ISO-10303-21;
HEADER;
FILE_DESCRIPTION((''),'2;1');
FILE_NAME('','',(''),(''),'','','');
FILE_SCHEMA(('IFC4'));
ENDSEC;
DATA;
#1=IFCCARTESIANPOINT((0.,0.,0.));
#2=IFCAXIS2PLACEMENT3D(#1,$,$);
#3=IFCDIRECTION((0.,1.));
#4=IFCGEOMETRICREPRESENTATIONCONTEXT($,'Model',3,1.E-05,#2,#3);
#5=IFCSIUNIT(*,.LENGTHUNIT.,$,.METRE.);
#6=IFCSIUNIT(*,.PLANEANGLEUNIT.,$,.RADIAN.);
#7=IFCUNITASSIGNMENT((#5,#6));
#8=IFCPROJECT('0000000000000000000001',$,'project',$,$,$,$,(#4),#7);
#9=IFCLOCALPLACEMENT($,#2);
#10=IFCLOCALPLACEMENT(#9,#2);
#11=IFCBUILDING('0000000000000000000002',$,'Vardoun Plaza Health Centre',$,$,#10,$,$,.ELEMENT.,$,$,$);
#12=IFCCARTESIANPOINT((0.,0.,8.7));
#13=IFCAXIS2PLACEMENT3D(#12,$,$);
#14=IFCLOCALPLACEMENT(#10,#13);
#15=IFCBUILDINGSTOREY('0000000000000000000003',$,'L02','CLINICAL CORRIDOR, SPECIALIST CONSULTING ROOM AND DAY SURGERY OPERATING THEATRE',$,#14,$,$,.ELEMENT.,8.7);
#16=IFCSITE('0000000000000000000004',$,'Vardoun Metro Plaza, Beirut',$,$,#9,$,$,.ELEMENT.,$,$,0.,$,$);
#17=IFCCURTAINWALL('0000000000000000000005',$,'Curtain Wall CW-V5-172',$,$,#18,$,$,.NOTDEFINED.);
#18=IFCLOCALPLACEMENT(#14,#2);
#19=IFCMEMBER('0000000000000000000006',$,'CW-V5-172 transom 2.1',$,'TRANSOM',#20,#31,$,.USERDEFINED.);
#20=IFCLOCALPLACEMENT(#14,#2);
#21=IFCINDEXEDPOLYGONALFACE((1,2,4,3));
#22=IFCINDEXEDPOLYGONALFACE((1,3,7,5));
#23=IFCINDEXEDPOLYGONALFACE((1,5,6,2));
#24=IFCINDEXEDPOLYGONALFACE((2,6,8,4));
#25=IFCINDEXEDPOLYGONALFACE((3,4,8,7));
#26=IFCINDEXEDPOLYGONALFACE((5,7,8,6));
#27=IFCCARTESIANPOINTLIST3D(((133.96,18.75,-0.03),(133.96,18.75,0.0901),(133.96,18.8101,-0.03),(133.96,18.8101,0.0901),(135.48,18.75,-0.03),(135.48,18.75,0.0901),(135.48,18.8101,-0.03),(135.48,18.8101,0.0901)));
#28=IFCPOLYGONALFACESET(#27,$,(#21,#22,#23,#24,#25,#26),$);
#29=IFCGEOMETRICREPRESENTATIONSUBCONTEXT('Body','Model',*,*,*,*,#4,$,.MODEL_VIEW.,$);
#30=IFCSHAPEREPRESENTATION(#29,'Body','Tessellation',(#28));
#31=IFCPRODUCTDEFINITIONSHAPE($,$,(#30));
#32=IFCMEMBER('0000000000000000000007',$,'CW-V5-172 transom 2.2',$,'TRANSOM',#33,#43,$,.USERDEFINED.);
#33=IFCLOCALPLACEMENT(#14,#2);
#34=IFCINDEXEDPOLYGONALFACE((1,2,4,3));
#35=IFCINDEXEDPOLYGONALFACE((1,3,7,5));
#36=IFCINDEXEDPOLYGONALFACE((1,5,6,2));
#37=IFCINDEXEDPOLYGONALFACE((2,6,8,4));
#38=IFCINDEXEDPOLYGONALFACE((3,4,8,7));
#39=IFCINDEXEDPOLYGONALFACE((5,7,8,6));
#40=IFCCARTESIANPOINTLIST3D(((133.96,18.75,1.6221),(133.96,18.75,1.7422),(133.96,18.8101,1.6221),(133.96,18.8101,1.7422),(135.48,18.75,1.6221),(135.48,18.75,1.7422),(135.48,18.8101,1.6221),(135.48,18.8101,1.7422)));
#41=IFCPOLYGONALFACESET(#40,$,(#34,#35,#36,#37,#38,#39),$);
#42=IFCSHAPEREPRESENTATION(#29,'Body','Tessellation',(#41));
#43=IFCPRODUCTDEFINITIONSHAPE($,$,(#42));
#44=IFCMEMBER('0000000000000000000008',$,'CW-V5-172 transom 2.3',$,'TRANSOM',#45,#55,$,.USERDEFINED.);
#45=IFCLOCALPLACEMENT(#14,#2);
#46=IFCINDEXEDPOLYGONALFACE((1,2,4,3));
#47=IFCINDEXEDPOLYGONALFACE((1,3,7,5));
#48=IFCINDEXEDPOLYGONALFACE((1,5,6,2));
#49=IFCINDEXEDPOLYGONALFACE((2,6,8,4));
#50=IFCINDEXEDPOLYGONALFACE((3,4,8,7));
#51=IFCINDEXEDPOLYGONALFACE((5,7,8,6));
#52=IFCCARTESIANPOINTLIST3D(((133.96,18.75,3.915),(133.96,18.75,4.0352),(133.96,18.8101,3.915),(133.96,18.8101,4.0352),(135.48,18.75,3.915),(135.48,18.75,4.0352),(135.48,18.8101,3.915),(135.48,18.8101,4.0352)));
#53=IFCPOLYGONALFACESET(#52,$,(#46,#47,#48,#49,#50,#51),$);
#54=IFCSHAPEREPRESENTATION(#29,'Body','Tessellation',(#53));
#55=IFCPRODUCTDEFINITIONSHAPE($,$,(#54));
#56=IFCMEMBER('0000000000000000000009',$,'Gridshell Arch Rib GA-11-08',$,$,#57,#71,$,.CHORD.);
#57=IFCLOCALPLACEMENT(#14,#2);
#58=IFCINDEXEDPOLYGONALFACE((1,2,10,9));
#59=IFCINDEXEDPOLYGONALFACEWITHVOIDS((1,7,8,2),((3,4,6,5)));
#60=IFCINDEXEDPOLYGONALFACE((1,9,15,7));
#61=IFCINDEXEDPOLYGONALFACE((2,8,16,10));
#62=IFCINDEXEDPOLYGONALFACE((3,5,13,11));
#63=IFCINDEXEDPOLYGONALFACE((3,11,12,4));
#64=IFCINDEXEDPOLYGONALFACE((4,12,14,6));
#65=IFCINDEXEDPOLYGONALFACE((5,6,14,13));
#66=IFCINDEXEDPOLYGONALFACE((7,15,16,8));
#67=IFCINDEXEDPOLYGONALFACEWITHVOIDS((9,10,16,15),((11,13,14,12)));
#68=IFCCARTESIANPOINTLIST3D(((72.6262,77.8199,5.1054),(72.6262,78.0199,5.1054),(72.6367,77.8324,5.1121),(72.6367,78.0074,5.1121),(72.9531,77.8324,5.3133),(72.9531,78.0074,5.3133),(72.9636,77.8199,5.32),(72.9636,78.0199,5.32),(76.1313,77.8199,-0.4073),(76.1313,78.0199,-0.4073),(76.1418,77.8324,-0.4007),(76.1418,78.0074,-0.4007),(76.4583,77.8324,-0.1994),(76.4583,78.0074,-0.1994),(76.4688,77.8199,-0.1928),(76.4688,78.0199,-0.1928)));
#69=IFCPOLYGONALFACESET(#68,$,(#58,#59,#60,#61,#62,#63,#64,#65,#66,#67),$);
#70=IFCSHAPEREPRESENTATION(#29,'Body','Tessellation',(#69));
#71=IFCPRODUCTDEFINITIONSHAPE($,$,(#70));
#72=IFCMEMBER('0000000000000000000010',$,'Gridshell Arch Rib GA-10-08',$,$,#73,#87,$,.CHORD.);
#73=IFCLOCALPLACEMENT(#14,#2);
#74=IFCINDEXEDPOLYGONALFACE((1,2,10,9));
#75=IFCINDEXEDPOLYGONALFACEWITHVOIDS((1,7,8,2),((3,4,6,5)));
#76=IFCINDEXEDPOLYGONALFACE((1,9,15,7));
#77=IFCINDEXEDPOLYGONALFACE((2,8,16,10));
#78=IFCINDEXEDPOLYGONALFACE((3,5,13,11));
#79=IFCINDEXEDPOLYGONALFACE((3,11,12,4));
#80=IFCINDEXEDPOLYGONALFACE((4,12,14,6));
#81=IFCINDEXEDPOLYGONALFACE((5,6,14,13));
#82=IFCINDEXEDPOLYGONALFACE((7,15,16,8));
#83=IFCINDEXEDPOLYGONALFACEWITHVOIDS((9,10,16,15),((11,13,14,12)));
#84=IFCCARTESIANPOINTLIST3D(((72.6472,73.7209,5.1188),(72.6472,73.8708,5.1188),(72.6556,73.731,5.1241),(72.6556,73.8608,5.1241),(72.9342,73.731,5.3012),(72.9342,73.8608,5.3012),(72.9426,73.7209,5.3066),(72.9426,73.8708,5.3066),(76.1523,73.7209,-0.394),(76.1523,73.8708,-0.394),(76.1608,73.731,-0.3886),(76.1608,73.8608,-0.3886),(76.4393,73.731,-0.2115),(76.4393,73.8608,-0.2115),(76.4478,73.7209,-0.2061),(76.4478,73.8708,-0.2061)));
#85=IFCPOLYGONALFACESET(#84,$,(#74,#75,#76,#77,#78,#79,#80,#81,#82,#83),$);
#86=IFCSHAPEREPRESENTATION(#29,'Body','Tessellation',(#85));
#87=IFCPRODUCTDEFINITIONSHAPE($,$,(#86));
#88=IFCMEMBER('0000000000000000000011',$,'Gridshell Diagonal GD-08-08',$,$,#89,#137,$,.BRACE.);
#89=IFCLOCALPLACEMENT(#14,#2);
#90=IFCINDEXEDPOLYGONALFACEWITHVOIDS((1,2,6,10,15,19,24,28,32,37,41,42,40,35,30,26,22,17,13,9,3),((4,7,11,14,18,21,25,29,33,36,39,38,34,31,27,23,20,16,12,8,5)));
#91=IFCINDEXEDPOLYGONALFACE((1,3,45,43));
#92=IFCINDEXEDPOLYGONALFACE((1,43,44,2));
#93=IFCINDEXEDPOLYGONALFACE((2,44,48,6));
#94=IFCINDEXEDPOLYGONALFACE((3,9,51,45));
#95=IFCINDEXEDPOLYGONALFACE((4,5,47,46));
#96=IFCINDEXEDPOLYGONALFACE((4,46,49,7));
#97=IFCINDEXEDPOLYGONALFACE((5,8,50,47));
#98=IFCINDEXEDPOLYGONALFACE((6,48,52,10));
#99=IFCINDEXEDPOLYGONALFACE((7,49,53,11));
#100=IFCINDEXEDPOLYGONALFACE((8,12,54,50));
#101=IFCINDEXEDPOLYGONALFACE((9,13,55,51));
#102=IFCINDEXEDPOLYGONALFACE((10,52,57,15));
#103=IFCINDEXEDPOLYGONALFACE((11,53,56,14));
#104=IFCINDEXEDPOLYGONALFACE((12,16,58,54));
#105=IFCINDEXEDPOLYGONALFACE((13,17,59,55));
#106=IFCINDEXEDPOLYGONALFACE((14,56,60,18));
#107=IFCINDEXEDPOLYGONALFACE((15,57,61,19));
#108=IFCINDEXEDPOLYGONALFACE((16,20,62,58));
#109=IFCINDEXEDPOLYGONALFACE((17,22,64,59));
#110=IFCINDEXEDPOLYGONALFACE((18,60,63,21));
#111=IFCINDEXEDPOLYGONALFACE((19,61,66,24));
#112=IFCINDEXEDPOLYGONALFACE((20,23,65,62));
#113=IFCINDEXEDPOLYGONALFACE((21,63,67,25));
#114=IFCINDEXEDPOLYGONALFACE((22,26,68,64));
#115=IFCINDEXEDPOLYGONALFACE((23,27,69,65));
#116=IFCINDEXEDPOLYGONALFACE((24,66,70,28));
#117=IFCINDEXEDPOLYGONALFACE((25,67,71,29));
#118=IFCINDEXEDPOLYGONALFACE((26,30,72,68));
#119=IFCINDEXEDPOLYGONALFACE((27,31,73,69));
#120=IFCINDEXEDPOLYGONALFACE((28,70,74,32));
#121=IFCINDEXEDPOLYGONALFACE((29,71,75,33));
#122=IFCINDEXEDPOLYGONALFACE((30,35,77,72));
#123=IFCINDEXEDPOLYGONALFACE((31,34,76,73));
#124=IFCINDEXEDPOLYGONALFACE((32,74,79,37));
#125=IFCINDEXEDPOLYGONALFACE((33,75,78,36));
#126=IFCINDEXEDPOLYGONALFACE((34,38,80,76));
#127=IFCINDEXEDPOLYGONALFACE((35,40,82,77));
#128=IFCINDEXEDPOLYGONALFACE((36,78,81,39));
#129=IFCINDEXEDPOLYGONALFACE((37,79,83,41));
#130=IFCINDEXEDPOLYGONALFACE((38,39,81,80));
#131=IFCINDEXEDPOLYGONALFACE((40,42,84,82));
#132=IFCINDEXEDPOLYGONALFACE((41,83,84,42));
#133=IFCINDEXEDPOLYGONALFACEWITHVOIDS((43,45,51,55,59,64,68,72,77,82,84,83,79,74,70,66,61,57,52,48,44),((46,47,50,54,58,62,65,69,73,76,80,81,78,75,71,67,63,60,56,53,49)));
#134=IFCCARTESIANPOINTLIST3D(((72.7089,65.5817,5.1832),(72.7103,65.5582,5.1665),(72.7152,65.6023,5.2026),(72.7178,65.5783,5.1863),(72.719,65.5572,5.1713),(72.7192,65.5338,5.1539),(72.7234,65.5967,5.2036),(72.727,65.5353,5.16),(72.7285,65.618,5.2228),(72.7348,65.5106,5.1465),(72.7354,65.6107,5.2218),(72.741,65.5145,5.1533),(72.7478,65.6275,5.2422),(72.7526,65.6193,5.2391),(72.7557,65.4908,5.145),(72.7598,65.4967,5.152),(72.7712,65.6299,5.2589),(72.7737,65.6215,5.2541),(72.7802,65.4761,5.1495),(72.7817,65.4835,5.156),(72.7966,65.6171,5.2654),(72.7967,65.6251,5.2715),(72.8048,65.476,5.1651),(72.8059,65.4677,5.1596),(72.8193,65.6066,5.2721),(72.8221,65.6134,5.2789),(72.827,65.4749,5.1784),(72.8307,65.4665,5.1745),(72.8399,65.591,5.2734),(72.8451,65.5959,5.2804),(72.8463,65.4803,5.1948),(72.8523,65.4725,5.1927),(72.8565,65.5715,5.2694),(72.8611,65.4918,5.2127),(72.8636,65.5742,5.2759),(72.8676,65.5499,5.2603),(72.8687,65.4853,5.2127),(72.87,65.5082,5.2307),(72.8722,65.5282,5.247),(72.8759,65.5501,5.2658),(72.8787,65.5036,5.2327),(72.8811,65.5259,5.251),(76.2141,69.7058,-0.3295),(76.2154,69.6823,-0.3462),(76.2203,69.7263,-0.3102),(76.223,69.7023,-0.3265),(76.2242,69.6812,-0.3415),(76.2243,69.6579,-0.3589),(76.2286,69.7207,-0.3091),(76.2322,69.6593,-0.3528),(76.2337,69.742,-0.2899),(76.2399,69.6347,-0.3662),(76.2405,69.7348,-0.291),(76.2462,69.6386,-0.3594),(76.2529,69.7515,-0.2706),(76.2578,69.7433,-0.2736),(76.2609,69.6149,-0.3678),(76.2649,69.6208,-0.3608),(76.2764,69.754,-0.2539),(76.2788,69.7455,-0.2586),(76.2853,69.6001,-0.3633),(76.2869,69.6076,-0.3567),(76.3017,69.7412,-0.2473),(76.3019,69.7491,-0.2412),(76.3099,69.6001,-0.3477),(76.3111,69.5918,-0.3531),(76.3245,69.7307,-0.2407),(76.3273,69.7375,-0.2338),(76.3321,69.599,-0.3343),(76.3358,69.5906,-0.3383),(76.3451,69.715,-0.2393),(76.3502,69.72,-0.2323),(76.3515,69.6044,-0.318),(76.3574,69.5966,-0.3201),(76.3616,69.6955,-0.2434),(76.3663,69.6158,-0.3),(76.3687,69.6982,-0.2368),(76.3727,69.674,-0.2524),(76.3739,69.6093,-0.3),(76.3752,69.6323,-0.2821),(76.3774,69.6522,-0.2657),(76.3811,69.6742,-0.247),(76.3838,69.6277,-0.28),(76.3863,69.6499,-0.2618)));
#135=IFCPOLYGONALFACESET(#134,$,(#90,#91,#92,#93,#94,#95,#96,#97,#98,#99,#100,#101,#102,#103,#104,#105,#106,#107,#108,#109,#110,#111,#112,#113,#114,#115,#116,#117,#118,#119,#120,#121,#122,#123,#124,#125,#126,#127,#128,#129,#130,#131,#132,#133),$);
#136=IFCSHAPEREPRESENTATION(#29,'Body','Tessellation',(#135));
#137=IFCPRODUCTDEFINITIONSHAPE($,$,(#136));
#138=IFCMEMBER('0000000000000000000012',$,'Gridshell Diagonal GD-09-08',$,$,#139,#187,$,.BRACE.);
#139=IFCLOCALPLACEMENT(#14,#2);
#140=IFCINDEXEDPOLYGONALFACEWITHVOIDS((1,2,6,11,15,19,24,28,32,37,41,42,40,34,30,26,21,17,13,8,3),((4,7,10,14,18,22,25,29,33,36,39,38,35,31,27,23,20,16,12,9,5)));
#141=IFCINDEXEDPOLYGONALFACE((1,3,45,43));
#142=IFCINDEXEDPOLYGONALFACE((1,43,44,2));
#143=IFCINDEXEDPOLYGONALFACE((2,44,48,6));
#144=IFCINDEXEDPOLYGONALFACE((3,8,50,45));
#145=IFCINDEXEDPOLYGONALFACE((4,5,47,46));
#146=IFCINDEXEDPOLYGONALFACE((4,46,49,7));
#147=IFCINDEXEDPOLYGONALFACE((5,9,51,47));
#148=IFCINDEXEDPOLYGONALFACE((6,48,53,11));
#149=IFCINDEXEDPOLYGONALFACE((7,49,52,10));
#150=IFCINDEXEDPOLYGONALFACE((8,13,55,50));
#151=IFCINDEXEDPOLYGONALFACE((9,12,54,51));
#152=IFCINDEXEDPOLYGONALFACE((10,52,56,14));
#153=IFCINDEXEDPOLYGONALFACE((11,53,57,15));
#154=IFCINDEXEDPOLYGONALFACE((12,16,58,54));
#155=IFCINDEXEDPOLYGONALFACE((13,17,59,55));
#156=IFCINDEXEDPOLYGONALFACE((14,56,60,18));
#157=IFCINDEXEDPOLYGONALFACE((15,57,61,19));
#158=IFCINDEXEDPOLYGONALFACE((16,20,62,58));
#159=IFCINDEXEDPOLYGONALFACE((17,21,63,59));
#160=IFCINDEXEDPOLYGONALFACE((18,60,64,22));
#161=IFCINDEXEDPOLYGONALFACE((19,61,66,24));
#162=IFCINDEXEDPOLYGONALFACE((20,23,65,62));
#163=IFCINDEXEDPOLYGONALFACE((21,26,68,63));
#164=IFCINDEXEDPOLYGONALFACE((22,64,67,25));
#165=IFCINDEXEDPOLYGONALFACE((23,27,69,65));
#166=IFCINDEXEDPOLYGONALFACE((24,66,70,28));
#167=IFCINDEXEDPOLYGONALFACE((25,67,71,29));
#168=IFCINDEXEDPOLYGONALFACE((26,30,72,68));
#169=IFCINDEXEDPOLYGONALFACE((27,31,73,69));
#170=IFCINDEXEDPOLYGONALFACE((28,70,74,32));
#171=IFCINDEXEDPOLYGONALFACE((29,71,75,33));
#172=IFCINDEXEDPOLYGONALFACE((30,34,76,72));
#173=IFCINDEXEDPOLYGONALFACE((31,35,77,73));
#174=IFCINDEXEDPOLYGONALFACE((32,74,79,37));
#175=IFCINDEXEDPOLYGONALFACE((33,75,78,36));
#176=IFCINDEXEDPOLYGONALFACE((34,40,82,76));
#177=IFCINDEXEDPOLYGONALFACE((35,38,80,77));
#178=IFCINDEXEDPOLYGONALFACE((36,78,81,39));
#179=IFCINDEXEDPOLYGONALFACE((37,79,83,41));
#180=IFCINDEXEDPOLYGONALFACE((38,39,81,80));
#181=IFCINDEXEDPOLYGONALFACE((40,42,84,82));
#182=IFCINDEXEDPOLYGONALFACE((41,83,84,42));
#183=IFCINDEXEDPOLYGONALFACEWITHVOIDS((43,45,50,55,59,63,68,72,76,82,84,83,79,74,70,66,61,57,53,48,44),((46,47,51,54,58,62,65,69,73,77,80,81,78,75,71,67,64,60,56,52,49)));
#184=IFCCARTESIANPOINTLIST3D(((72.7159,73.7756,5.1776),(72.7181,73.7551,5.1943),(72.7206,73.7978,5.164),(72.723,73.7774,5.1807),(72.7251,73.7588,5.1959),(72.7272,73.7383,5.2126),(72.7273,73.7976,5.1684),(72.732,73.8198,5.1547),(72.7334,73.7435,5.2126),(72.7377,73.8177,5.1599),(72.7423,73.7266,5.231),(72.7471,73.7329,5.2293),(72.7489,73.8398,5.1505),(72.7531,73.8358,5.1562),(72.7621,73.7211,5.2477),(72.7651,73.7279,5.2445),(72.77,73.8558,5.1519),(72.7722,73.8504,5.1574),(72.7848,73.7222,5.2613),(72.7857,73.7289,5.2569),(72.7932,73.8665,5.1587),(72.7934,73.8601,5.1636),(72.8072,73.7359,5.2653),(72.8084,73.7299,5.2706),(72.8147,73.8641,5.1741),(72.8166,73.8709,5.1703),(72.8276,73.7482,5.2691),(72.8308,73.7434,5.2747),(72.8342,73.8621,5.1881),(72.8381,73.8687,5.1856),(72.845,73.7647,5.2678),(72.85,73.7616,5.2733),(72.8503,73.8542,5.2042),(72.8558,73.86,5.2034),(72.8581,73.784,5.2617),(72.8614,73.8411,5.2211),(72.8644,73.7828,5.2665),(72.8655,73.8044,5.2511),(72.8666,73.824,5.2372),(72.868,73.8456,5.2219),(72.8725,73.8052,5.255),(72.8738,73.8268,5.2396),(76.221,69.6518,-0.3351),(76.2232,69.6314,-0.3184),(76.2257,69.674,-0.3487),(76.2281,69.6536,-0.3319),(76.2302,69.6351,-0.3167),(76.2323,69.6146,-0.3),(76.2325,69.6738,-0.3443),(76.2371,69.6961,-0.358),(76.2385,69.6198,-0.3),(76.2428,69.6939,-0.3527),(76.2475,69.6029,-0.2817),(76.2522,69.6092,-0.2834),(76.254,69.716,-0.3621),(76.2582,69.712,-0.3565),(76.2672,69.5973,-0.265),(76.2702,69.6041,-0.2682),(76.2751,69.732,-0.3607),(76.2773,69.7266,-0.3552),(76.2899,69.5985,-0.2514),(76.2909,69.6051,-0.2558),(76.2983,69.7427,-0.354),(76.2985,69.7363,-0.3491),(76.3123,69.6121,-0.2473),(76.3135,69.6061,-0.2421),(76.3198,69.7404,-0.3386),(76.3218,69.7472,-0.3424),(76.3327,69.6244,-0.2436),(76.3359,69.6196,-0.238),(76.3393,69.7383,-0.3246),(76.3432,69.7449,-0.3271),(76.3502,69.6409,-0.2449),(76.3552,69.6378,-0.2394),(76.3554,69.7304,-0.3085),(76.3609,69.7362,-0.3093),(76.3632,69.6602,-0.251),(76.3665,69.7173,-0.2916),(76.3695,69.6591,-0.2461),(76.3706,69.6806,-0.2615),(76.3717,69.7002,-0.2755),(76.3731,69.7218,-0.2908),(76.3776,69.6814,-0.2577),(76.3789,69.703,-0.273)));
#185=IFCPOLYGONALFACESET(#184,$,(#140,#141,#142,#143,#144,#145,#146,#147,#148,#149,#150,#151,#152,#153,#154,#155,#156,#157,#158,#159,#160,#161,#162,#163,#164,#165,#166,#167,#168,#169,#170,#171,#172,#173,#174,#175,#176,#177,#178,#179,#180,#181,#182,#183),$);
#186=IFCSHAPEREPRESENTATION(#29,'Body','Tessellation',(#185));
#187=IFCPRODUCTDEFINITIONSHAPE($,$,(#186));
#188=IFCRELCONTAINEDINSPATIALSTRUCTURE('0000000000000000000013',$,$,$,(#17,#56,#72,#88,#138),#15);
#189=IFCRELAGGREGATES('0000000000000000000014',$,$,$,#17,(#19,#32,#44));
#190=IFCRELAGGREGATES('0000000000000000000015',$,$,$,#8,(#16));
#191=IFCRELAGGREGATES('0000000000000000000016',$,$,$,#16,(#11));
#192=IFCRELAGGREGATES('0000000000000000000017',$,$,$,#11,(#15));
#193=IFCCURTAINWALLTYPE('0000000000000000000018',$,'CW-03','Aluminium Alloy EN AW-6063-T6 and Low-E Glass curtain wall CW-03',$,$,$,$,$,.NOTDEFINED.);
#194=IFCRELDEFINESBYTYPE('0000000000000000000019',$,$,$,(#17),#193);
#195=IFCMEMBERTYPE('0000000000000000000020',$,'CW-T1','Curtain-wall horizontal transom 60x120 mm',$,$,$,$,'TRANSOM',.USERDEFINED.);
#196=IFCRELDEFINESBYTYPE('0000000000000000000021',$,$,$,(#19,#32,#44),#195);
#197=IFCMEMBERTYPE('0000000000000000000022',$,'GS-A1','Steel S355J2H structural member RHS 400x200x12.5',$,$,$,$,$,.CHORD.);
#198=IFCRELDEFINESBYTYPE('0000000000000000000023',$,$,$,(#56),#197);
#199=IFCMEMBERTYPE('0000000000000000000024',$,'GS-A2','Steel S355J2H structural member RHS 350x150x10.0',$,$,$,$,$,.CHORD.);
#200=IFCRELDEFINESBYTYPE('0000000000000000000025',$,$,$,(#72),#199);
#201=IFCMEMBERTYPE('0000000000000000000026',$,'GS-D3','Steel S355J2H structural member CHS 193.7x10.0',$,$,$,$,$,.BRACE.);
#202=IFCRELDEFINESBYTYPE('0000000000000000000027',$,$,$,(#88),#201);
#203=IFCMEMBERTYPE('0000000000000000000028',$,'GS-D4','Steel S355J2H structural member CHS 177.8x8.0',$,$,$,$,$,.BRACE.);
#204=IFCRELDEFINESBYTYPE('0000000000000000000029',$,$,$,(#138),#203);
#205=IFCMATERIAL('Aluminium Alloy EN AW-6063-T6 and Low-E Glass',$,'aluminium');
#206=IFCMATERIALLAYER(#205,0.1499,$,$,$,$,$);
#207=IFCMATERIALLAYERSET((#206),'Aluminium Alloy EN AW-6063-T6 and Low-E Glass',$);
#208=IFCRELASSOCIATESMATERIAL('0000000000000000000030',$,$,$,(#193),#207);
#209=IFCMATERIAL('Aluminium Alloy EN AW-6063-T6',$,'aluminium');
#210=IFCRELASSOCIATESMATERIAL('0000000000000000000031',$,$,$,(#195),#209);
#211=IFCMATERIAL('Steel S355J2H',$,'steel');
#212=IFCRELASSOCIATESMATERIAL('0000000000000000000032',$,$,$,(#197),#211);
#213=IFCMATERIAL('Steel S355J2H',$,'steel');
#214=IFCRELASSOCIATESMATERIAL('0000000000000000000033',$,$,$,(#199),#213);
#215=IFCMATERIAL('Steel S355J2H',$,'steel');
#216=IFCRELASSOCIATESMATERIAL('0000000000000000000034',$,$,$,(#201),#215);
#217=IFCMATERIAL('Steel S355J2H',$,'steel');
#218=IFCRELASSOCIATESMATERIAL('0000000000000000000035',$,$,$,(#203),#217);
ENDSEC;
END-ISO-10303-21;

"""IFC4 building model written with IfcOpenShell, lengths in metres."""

from ifc_helpers import new_model, si_unit, direction, frame, origin, origin_2d, place, context, subcontext, project, spatial, rectangle, hollow_rectangle, hollow_circle, extrude, material, layer, layer_set, material_profile, profile_set, type_object, element, aggregate, save


model = new_model("IFC4")

# Units and contexts
model_context = context("Model", 3, precision=1e-05, world=origin(), true_north=direction((0.0, 1.0)))
body_context = subcontext(model_context, "Body", "Model", "MODEL_VIEW")
ifc_project = project(units=[si_unit("LENGTHUNIT", "METRE"), si_unit("PLANEANGLEUNIT", "RADIAN")], contexts=[model_context])

# Site, building, storey
site_placement = place(None, origin())
site = spatial("IfcSite", under=ifc_project, at=site_placement, Name="Vardoun Metro Plaza, Beirut", CompositionType="ELEMENT", RefElevation=0.0)
building_placement = place(site_placement, origin())
building = spatial("IfcBuilding", under=site, at=building_placement, Name="Vardoun Plaza Health Centre", CompositionType="ELEMENT")
storey_placement = place(building_placement, frame((0.0, 0.0, 8.7)))
storey = spatial("IfcBuildingStorey", under=building, at=storey_placement, Name="L02", Description="CLINICAL CORRIDOR, SPECIALIST CONSULTING ROOM AND DAY SURGERY OPERATING THEATRE", CompositionType="ELEMENT", Elevation=8.7)

# Curtain wall
ifc_material_1 = material(Name="Aluminium Alloy EN AW-6063-T6 and Low-E Glass", Category="aluminium")
ifc_layer_1 = layer(ifc_material_1, 0.1499)
ifc_layer_set_1 = layer_set([ifc_layer_1], Name="Aluminium Alloy EN AW-6063-T6 and Low-E Glass")
curtain_wall_type = type_object("IfcCurtainWallType", Name="CW-03", Description="Aluminium Alloy EN AW-6063-T6 and Low-E Glass curtain wall CW-03", PredefinedType="NOTDEFINED", material=ifc_layer_set_1)
curtain_wall_1_placement = place(storey_placement, origin())
curtain_wall_1 = element("IfcCurtainWall", 1, at=curtain_wall_1_placement, inside=storey, type_object=curtain_wall_type, Name="Curtain Wall CW-V5-172", PredefinedType="NOTDEFINED")

# Members
ifc_material_2 = material(Name="Aluminium Alloy EN AW-6063-T6", Category="aluminium")
ifc_material_profile_1 = material_profile(ifc_material_2, rectangle(XDim=0.0601, YDim=0.1201, at=origin_2d()), Name="CWT 60x120")
ifc_profile_set_1 = profile_set([ifc_material_profile_1], Name="Aluminium Alloy EN AW-6063-T6")
member_type_1 = type_object("IfcMemberType", Name="CW-T1", Description="Curtain-wall horizontal transom 60x120 mm", ElementType="TRANSOM", PredefinedType="USERDEFINED", material=ifc_profile_set_1)
member_1_placement = place(storey_placement, frame((133.96, 18.78, 0.03), z_axis=(1.0, 0.0, 0.0), x_axis=(0.0, 1.0, 0.0)))
member_1 = element("IfcMember", 2, at=member_1_placement, type_object=member_type_1, Name="CW-V5-172 transom 2.1", ObjectType="TRANSOM", PredefinedType="USERDEFINED", context=body_context, shape_type="SweptSolid", body=[
    extrude(rectangle(XDim=0.0601, YDim=0.1201, at=origin_2d()), origin(), (0.0, 0.0, 1.0), 1.52),
])
member_2_placement = place(storey_placement, frame((133.96, 18.78, 1.6821), z_axis=(1.0, 0.0, 0.0), x_axis=(0.0, 1.0, 0.0)))
member_2 = element("IfcMember", 3, at=member_2_placement, type_object=member_type_1, Name="CW-V5-172 transom 2.2", ObjectType="TRANSOM", PredefinedType="USERDEFINED", context=body_context, shape_type="SweptSolid", body=[
    extrude(rectangle(XDim=0.0601, YDim=0.1201, at=origin_2d()), origin(), (0.0, 0.0, 1.0), 1.52),
])
member_3_placement = place(storey_placement, frame((133.96, 18.78, 3.9751), z_axis=(1.0, 0.0, 0.0), x_axis=(0.0, 1.0, 0.0)))
member_3 = element("IfcMember", 4, at=member_3_placement, type_object=member_type_1, Name="CW-V5-172 transom 2.3", ObjectType="TRANSOM", PredefinedType="USERDEFINED", context=body_context, shape_type="SweptSolid", body=[
    extrude(rectangle(XDim=0.0601, YDim=0.1201, at=origin_2d()), origin(), (0.0, 0.0, 1.0), 1.52),
])

# Members
ifc_material_3 = material(Name="Steel S355J2H", Category="steel")
ifc_material_profile_2 = material_profile(ifc_material_3, hollow_rectangle(XDim=0.2, YDim=0.3999, WallThickness=0.0125, at=origin_2d()), Name="RHS 400x200x12.5")
ifc_profile_set_2 = profile_set([ifc_material_profile_2], Name="Steel S355J2H")
member_type_2 = type_object("IfcMemberType", Name="GS-A1", Description="Steel S355J2H structural member RHS 400x200x12.5", PredefinedType="CHORD", material=ifc_profile_set_2)
member_4_placement = place(storey_placement, frame((76.3, 77.9199, -0.3), z_axis=(-0.536554, 0.0, 0.843866), x_axis=(0.0, -1.0, 0.0)))
element("IfcMember", 5, at=member_4_placement, inside=storey, type_object=member_type_2, Name="Gridshell Arch Rib GA-11-08", PredefinedType="CHORD", context=body_context, shape_type="SweptSolid", body=[
    extrude(hollow_rectangle(XDim=0.2, YDim=0.3999, WallThickness=0.0125, at=origin_2d()), origin(), (0.0, 0.0, 1.0), 6.5327),
])
ifc_material_4 = material(Name="Steel S355J2H", Category="steel")
ifc_material_profile_3 = material_profile(ifc_material_4, hollow_rectangle(XDim=0.1499, YDim=0.3501, WallThickness=0.01, at=origin_2d()), Name="RHS 350x150x10.0")
ifc_profile_set_3 = profile_set([ifc_material_profile_3], Name="Steel S355J2H")
member_type_3 = type_object("IfcMemberType", Name="GS-A2", Description="Steel S355J2H structural member RHS 350x150x10.0", PredefinedType="CHORD", material=ifc_profile_set_3)
member_5_placement = place(storey_placement, frame((76.3, 73.7959, -0.3), z_axis=(-0.536554, 0.0, 0.843866), x_axis=(0.0, -1.0, 0.0)))
element("IfcMember", 6, at=member_5_placement, inside=storey, type_object=member_type_3, Name="Gridshell Arch Rib GA-10-08", PredefinedType="CHORD", context=body_context, shape_type="SweptSolid", body=[
    extrude(hollow_rectangle(XDim=0.1499, YDim=0.3501, WallThickness=0.01, at=origin_2d()), origin(), (0.0, 0.0, 1.0), 6.5327),
])
ifc_material_5 = material(Name="Steel S355J2H", Category="steel")
ifc_material_profile_4 = material_profile(ifc_material_5, hollow_circle(Radius=0.0969, WallThickness=0.01, at=origin_2d()), Name="CHS 193.7x10.0")
ifc_profile_set_4 = profile_set([ifc_material_profile_4], Name="Steel S355J2H")
member_type_4 = type_object("IfcMemberType", Name="GS-D3", Description="Steel S355J2H structural member CHS 193.7x10.0", PredefinedType="BRACE", material=ifc_profile_set_4)
member_6_placement = place(storey_placement, frame((76.3, 69.6721, -0.3), z_axis=(-0.453709, -0.53382, 0.713572), x_axis=(0.761966, -0.647617, 0.0)))
element("IfcMember", 7, at=member_6_placement, inside=storey, type_object=member_type_4, Name="Gridshell Diagonal GD-08-08", PredefinedType="BRACE", context=body_context, shape_type="SweptSolid", body=[
    extrude(hollow_circle(Radius=0.0969, WallThickness=0.01, at=origin_2d()), origin(), (0.0, 0.0, 1.0), 7.7256),
])
ifc_material_6 = material(Name="Steel S355J2H", Category="steel")
ifc_material_profile_5 = material_profile(ifc_material_6, hollow_circle(Radius=0.0889, WallThickness=0.0081, at=origin_2d()), Name="CHS 177.8x8.0")
ifc_profile_set_5 = profile_set([ifc_material_profile_5], Name="Steel S355J2H")
member_type_5 = type_object("IfcMemberType", Name="GS-D4", Description="Steel S355J2H structural member CHS 177.8x8.0", PredefinedType="BRACE", material=ifc_profile_set_5)
member_7_placement = place(storey_placement, frame((76.3, 69.6721, -0.3), z_axis=(-0.453717, 0.533797, 0.713584), x_axis=(-0.761947, -0.647639, 0.0)))
element("IfcMember", 8, at=member_7_placement, inside=storey, type_object=member_type_5, Name="Gridshell Diagonal GD-09-08", PredefinedType="BRACE", context=body_context, shape_type="SweptSolid", body=[
    extrude(hollow_circle(Radius=0.0889, WallThickness=0.0081, at=origin_2d()), origin(), (0.0, 0.0, 1.0), 7.7253),
])

aggregate(curtain_wall_1, [member_1, member_2, member_3])

save(model, "model.ifc")
